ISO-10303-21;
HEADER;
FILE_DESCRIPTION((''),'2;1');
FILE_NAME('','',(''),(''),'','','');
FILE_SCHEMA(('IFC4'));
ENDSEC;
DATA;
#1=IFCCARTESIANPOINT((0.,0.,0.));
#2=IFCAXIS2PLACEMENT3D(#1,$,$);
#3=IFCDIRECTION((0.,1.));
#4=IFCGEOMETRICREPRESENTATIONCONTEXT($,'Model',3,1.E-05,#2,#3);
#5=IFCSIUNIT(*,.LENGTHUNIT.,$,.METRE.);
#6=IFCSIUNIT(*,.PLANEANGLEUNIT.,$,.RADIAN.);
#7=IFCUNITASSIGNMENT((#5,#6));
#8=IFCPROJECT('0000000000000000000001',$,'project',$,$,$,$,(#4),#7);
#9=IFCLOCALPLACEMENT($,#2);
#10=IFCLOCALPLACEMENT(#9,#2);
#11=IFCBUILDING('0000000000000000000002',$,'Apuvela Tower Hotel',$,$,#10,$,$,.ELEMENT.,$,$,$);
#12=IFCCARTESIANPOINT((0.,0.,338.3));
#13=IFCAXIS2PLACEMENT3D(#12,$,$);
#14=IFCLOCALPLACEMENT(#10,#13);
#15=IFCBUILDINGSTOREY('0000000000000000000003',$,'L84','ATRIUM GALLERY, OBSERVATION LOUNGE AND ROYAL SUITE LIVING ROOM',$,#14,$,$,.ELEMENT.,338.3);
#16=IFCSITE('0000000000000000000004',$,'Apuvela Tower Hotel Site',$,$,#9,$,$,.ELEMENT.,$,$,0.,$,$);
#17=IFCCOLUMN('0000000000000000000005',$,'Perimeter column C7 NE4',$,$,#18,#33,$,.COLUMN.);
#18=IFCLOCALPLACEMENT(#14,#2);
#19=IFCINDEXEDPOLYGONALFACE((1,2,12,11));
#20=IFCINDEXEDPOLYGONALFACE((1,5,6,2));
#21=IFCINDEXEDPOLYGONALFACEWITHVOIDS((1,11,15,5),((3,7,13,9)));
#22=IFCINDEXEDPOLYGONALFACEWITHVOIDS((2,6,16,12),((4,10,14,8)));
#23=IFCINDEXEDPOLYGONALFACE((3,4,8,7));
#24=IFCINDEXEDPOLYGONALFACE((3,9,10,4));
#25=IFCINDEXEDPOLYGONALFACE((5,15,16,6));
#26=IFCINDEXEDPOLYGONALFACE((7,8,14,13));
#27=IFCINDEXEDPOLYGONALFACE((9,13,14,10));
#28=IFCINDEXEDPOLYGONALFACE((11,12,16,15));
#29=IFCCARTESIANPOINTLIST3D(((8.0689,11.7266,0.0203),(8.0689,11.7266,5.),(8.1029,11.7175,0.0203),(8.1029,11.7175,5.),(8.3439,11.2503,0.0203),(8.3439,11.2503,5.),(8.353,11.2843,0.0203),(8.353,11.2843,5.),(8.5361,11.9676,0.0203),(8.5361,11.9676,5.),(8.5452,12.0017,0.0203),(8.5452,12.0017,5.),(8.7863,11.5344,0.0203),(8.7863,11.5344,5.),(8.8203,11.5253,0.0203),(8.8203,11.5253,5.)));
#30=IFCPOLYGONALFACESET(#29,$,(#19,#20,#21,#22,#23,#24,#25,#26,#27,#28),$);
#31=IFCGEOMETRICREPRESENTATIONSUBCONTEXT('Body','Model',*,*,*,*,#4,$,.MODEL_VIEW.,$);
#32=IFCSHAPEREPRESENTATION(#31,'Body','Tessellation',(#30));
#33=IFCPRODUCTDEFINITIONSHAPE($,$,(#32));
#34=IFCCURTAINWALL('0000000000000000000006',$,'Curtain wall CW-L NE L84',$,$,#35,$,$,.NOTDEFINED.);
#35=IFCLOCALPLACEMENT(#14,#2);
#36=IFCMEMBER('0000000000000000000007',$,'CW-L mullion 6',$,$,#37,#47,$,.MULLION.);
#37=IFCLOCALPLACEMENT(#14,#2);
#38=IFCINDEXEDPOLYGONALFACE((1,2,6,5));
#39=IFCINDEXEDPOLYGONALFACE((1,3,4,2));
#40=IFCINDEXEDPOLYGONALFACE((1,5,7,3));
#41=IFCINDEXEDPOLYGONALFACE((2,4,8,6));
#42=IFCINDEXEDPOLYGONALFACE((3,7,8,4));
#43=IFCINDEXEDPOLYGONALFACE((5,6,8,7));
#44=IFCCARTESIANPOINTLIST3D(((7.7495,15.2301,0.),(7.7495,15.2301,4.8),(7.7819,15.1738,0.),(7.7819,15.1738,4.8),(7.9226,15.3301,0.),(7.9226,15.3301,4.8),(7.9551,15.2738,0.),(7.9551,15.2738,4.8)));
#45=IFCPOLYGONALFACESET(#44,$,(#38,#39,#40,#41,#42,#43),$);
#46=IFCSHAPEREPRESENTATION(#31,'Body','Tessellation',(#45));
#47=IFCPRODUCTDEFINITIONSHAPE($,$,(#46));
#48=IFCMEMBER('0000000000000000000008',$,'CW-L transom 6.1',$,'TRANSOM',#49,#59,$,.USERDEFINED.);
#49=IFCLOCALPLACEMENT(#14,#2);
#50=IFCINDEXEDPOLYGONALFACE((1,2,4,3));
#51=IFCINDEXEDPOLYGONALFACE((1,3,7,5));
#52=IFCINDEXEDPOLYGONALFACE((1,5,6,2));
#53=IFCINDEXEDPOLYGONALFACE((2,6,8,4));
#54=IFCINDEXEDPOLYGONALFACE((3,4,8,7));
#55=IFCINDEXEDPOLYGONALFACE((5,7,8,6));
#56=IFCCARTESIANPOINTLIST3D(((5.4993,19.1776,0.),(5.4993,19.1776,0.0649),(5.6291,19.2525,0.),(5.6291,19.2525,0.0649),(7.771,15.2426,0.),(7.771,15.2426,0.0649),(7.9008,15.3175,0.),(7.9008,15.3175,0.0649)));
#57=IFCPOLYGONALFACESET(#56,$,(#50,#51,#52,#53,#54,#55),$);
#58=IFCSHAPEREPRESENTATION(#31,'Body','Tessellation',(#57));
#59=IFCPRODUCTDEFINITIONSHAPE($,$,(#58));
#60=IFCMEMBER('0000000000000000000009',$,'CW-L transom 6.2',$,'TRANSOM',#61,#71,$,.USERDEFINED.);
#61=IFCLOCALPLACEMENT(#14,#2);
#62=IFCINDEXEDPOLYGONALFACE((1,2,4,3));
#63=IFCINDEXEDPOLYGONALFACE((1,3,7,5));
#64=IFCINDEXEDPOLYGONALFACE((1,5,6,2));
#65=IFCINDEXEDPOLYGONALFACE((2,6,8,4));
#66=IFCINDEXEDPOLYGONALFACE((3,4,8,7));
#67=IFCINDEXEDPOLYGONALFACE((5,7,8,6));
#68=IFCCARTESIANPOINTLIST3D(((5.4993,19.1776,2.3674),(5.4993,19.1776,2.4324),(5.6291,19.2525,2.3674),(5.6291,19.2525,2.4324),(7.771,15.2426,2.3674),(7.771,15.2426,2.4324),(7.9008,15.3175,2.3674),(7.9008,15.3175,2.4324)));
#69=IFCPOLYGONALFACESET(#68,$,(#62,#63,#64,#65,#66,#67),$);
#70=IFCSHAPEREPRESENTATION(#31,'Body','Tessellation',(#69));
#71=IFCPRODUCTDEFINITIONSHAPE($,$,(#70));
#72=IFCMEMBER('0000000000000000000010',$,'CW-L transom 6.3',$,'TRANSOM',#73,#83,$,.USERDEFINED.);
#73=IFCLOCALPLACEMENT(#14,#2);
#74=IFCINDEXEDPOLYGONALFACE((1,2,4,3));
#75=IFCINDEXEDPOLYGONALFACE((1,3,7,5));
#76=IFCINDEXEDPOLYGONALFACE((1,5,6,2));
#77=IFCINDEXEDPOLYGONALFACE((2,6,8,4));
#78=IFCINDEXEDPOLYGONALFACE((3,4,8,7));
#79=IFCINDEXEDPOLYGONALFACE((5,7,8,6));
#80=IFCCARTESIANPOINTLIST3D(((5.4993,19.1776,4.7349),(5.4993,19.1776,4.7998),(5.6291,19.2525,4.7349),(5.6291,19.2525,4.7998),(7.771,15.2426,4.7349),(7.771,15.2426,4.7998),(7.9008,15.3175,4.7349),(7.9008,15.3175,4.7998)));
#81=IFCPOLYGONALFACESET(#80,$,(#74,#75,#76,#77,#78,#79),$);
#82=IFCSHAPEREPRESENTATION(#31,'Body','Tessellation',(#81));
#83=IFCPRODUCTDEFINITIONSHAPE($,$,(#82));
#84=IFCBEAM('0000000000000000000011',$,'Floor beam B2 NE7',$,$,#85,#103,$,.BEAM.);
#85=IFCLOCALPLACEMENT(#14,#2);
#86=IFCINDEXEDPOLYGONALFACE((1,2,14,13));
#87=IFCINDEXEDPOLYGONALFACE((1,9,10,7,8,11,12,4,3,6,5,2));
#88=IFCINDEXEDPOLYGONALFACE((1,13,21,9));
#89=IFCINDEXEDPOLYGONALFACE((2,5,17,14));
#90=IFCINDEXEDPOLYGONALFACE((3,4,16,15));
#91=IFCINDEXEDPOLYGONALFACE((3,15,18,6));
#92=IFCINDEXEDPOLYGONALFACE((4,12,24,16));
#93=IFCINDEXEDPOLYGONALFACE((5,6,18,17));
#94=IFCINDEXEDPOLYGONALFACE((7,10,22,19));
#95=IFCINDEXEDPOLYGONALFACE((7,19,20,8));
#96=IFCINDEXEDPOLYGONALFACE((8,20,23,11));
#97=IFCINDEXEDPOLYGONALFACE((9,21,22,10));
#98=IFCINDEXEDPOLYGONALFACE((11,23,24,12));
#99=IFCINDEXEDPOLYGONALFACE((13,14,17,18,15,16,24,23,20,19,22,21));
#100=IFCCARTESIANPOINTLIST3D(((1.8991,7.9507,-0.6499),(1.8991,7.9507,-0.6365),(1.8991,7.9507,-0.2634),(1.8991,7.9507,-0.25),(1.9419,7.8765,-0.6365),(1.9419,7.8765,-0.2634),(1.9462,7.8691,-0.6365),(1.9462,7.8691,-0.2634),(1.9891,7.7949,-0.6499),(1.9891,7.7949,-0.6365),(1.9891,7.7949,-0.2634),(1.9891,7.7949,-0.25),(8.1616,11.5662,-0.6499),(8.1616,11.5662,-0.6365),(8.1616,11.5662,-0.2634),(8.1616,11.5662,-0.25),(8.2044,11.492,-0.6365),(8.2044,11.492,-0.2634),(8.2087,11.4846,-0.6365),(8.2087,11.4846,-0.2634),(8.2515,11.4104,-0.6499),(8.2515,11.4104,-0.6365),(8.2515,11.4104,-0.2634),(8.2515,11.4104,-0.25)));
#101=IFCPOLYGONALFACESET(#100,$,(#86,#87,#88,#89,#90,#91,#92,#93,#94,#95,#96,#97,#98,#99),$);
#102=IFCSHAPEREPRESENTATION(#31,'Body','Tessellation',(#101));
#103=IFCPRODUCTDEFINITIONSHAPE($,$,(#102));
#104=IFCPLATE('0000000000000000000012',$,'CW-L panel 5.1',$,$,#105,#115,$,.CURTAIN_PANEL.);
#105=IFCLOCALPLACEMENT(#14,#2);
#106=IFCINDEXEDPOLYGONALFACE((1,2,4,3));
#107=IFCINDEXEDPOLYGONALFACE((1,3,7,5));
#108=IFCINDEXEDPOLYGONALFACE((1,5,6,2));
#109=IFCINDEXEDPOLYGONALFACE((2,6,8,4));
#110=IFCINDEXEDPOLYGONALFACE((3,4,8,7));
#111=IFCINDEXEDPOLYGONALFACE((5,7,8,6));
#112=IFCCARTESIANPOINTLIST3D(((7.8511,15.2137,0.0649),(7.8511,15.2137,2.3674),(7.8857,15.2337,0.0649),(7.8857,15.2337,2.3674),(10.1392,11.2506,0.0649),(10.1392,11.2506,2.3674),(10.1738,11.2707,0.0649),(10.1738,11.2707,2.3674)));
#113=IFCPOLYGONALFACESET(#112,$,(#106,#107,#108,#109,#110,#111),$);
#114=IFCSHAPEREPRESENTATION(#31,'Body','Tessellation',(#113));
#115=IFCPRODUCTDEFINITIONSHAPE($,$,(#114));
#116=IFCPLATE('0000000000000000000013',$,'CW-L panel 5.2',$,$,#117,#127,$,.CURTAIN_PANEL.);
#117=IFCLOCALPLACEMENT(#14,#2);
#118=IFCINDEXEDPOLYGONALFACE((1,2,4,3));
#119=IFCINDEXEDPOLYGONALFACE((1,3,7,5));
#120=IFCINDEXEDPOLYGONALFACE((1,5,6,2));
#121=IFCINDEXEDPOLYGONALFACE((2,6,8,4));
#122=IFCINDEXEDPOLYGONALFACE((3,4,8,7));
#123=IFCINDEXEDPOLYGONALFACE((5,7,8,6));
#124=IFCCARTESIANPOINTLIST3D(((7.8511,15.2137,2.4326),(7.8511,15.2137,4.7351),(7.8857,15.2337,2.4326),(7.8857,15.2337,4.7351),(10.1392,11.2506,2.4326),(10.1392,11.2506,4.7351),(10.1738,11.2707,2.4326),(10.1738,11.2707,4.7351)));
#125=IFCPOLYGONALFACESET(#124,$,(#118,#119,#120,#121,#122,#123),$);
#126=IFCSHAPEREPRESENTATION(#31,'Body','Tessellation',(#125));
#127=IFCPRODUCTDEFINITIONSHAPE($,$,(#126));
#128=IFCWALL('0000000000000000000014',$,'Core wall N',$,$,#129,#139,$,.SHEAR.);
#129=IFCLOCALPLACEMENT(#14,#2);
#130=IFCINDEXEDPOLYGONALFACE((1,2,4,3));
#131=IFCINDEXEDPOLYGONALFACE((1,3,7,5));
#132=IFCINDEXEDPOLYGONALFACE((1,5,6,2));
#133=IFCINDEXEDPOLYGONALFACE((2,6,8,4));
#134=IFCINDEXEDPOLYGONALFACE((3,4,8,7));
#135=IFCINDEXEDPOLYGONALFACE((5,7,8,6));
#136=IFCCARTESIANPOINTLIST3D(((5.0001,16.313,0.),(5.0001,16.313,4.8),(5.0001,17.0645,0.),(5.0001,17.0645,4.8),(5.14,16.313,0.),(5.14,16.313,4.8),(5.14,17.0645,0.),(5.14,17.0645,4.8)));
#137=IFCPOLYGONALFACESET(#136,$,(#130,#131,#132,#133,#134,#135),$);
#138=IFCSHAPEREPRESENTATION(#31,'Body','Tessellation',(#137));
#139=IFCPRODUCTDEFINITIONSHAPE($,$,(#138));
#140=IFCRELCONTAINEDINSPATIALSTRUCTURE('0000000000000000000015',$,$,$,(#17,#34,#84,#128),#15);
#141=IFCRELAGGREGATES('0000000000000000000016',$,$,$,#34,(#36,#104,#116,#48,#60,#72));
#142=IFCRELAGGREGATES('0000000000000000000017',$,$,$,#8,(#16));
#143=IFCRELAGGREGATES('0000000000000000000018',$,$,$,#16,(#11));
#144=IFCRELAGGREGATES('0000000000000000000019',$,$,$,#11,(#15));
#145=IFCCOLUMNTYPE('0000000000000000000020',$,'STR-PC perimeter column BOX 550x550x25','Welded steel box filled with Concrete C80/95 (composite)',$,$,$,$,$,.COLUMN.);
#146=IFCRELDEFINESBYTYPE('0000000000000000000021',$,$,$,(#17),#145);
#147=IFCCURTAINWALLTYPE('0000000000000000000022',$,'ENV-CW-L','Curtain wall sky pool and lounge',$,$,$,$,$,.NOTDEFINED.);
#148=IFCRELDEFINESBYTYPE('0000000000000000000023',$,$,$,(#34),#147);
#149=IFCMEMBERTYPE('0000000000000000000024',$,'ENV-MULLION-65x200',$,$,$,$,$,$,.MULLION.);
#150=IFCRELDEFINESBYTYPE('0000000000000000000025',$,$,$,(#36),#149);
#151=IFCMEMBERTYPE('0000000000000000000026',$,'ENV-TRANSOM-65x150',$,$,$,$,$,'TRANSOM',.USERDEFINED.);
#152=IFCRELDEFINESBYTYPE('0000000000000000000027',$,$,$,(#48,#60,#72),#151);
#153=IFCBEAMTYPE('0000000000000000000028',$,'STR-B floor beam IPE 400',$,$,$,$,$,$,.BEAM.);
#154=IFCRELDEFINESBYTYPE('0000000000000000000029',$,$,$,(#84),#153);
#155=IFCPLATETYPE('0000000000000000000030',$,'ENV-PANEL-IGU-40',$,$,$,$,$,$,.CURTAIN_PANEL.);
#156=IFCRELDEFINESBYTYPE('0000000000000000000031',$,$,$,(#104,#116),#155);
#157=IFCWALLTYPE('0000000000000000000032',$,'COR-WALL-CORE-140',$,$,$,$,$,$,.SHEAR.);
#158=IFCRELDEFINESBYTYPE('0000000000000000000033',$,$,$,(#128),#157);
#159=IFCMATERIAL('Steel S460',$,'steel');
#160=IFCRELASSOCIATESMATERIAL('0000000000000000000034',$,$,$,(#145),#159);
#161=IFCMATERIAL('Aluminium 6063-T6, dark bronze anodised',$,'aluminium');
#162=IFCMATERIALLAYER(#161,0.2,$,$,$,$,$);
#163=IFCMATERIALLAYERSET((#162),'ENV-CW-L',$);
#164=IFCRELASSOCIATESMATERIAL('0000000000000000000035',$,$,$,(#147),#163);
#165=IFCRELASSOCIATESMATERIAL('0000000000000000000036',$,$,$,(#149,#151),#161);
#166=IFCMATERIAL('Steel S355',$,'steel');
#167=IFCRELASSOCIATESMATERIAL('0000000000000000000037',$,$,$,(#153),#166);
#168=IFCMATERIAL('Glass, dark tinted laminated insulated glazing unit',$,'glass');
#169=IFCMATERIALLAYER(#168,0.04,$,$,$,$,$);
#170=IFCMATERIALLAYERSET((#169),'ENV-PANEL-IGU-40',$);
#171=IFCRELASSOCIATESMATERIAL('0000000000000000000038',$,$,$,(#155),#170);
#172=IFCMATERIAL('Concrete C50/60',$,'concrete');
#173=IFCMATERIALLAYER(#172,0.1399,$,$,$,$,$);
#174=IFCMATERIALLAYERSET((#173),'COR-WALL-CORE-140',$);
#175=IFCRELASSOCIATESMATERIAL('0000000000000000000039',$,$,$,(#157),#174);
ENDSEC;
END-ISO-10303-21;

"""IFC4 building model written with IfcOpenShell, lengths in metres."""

from ifc_helpers import new_model, si_unit, direction, frame, frame_2d, origin, origin_2d, place, context, subcontext, project, spatial, rectangle, hollow_rectangle, i_section, extrude, boolean, halfspace, material, layer, layer_set, material_profile, profile_set, type_object, element, aggregate, save


model = new_model("IFC4")

# Units and contexts
model_context = context("Model", 3, precision=1e-05, world=origin(), true_north=direction((0.0, 1.0)))
body_context = subcontext(model_context, "Body", "Model", "MODEL_VIEW")
ifc_project = project(units=[si_unit("LENGTHUNIT", "METRE"), si_unit("PLANEANGLEUNIT", "RADIAN")], contexts=[model_context])

# Site, building, storey
site_placement = place(None, origin())
site = spatial("IfcSite", under=ifc_project, at=site_placement, Name="Apuvela Tower Hotel Site", CompositionType="ELEMENT", RefElevation=0.0)
building_placement = place(site_placement, origin())
building = spatial("IfcBuilding", under=site, at=building_placement, Name="Apuvela Tower Hotel", CompositionType="ELEMENT")
storey_placement = place(building_placement, frame((0.0, 0.0, 338.3)))
storey = spatial("IfcBuildingStorey", under=building, at=storey_placement, Name="L84", Description="ATRIUM GALLERY, OBSERVATION LOUNGE AND ROYAL SUITE LIVING ROOM", CompositionType="ELEMENT", Elevation=338.3)

# Column
ifc_material_1 = material(Name="Steel S460", Category="steel")
ifc_material_profile_1 = material_profile(ifc_material_1, hollow_rectangle(XDim=0.55, YDim=0.55, WallThickness=0.0249, at=origin_2d()), Name="BOX 550x550x25")
ifc_material_2 = material(Name="Concrete C80/95", Category="concrete")
ifc_material_profile_2 = material_profile(ifc_material_2, rectangle(XDim=0.5, YDim=0.5, at=origin_2d()), Name="Concrete C80/95 infill")
ifc_profile_set_1 = profile_set([ifc_material_profile_1, ifc_material_profile_2], Name="Steel S460")
column_type = type_object("IfcColumnType", Name="STR-PC perimeter column BOX 550x550x25", Description="Welded steel box filled with Concrete C80/95 (composite)", PredefinedType="COLUMN", material=ifc_profile_set_1)
column_placement = place(storey_placement, frame((8.4446, 11.626, 0.0), z_axis=(0.0, 0.0, 1.0), x_axis=(-0.5, 0.866025, 0.0)))
element("IfcColumn", 1, at=column_placement, inside=storey, type_object=column_type, Name="Perimeter column C7 NE4", PredefinedType="COLUMN", context=body_context, shape_type="SweptSolid", body=[
    boolean("DIFFERENCE", extrude(hollow_rectangle(XDim=0.55, YDim=0.55, WallThickness=0.0249, at=origin_2d()), origin(), (0.0, 0.0, 1.0), 5.0), halfspace(frame((0.0, 0.0, 0.0203), z_axis=(0.0, 0.0, 1.0), x_axis=(1.0, 0.0, 0.0)), True)),
])

# Curtain wall, members
ifc_material_3 = material(Name="Aluminium 6063-T6, dark bronze anodised", Category="aluminium")
ifc_layer_1 = layer(ifc_material_3, 0.2)
ifc_layer_set_1 = layer_set([ifc_layer_1], Name="ENV-CW-L")
curtain_wall_type = type_object("IfcCurtainWallType", Name="ENV-CW-L", Description="Curtain wall sky pool and lounge", PredefinedType="NOTDEFINED", material=ifc_layer_set_1)
curtain_wall_placement = place(storey_placement, origin())
curtain_wall = element("IfcCurtainWall", 2, at=curtain_wall_placement, inside=storey, type_object=curtain_wall_type, Name="Curtain wall CW-L NE L84", PredefinedType="NOTDEFINED")
ifc_material_profile_3 = material_profile(ifc_material_3, rectangle(XDim=0.2, YDim=0.0649, at=origin_2d()), Name="AL 65x200")
ifc_profile_set_2 = profile_set([ifc_material_profile_3], Name="Aluminium 6063-T6, dark bronze anodised")
member_type_1 = type_object("IfcMemberType", Name="ENV-MULLION-65x200", PredefinedType="MULLION", material=ifc_profile_set_2)
member_1_placement = place(storey_placement, frame((7.8523, 15.252, 0.0), z_axis=(0.0, 0.0, 1.0), x_axis=(-0.866026, -0.499999, 0.0)))
member_1 = element("IfcMember", 3, at=member_1_placement, type_object=member_type_1, Name="CW-L mullion 6", PredefinedType="MULLION", context=body_context, shape_type="SweptSolid", body=[
    extrude(rectangle(XDim=0.2, YDim=0.0649, at=origin_2d()), origin(), (0.0, 0.0, 1.0), 4.8),
])
ifc_material_profile_4 = material_profile(ifc_material_3, rectangle(XDim=0.1499, YDim=0.0649, at=origin_2d()), Name="AL 65x150 transom")
ifc_profile_set_3 = profile_set([ifc_material_profile_4], Name="Aluminium 6063-T6, dark bronze anodised")
member_type_2 = type_object("IfcMemberType", Name="ENV-TRANSOM-65x150", ElementType="TRANSOM", PredefinedType="USERDEFINED", material=ifc_profile_set_3)
member_2_placement = place(storey_placement, frame((7.8359, 15.28, 0.0325), z_axis=(-0.499971, 0.866042, 0.0), x_axis=(-0.866042, -0.499971, 0.0)))
member_2 = element("IfcMember", 4, at=member_2_placement, type_object=member_type_2, Name="CW-L transom 6.1", ObjectType="TRANSOM", PredefinedType="USERDEFINED", context=body_context, shape_type="SweptSolid", body=[
    extrude(rectangle(XDim=0.1499, YDim=0.0649, at=origin_2d()), origin(), (0.0, 0.0, 1.0), 4.5437),
])
member_3_placement = place(storey_placement, frame((7.8359, 15.28, 2.3999), z_axis=(-0.499971, 0.866042, 0.0), x_axis=(-0.866042, -0.499971, 0.0)))
member_3 = element("IfcMember", 5, at=member_3_placement, type_object=member_type_2, Name="CW-L transom 6.2", ObjectType="TRANSOM", PredefinedType="USERDEFINED", context=body_context, shape_type="SweptSolid", body=[
    extrude(rectangle(XDim=0.1499, YDim=0.0649, at=origin_2d()), origin(), (0.0, 0.0, 1.0), 4.5437),
])
member_4_placement = place(storey_placement, frame((7.8359, 15.28, 4.7673), z_axis=(-0.499971, 0.866042, 0.0), x_axis=(-0.866042, -0.499971, 0.0)))
member_4 = element("IfcMember", 6, at=member_4_placement, type_object=member_type_2, Name="CW-L transom 6.3", ObjectType="TRANSOM", PredefinedType="USERDEFINED", context=body_context, shape_type="SweptSolid", body=[
    extrude(rectangle(XDim=0.1499, YDim=0.0649, at=origin_2d()), origin(), (0.0, 0.0, 1.0), 4.5437),
])

# Beam
ifc_material_4 = material(Name="Steel S355", Category="steel")
ifc_material_profile_5 = material_profile(ifc_material_4, i_section(OverallWidth=0.1799, OverallDepth=0.3999, WebThickness=0.0085, FlangeThickness=0.0134, at=origin_2d()), Name="IPE 400")
ifc_profile_set_4 = profile_set([ifc_material_profile_5], Name="Steel S355")
beam_type = type_object("IfcBeamType", Name="STR-B floor beam IPE 400", PredefinedType="BEAM", material=ifc_profile_set_4)
beam_placement = place(storey_placement, frame((8.2065, 11.4883, -0.45), z_axis=(-0.866034, -0.499985, 0.0), x_axis=(0.499985, -0.866034, 0.0)))
element("IfcBeam", 7, at=beam_placement, inside=storey, type_object=beam_type, Name="Floor beam B2 NE7", PredefinedType="BEAM", context=body_context, shape_type="SweptSolid", body=[
    extrude(i_section(OverallWidth=0.1799, OverallDepth=0.3999, WebThickness=0.0085, FlangeThickness=0.0134, at=origin_2d()), origin(), (0.0, 0.0, 1.0), 7.2312),
])

# Plates
ifc_material_5 = material(Name="Glass, dark tinted laminated insulated glazing unit", Category="glass")
ifc_layer_2 = layer(ifc_material_5, 0.04)
ifc_layer_set_2 = layer_set([ifc_layer_2], Name="ENV-PANEL-IGU-40")
plate_type = type_object("IfcPlateType", Name="ENV-PANEL-IGU-40", PredefinedType="CURTAIN_PANEL", material=ifc_layer_set_2)
plate_1_placement = place(storey_placement, frame((9.0125, 13.2422, 0.0649), z_axis=(0.0, 0.0, 1.0), x_axis=(-0.499999, 0.866026, 0.0)))
plate_1 = element("IfcPlate", 8, at=plate_1_placement, type_object=plate_type, Name="CW-L panel 5.1", PredefinedType="CURTAIN_PANEL", context=body_context, shape_type="SweptSolid", body=[
    extrude(rectangle(XDim=4.5762, YDim=0.04, at=origin_2d()), origin(), (0.0, 0.0, 1.0), 2.3025),
])
plate_2_placement = place(storey_placement, frame((9.0125, 13.2422, 2.4326), z_axis=(0.0, 0.0, 1.0), x_axis=(-0.499999, 0.866026, 0.0)))
plate_2 = element("IfcPlate", 9, at=plate_2_placement, type_object=plate_type, Name="CW-L panel 5.2", PredefinedType="CURTAIN_PANEL", context=body_context, shape_type="SweptSolid", body=[
    extrude(rectangle(XDim=4.5762, YDim=0.04, at=origin_2d()), origin(), (0.0, 0.0, 1.0), 2.3025),
])
aggregate(curtain_wall, [member_1, plate_1, plate_2, member_2, member_3, member_4])

# Wall
ifc_material_6 = material(Name="Concrete C50/60", Category="concrete")
ifc_layer_3 = layer(ifc_material_6, 0.1399)
ifc_layer_set_3 = layer_set([ifc_layer_3], Name="COR-WALL-CORE-140")
wall_type_1 = type_object("IfcWallType", Name="COR-WALL-CORE-140", PredefinedType="SHEAR", material=ifc_layer_set_3)
wall_1_placement = place(storey_placement, frame((5.0701, 16.313, 0.0), z_axis=(0.0, 0.0, 1.0), x_axis=(0.0, 1.0, 0.0)))
element("IfcWall", 10, at=wall_1_placement, inside=storey, type_object=wall_type_1, Name="Core wall N", PredefinedType="SHEAR", context=body_context, shape_type="SweptSolid", body=[
    extrude(rectangle(XDim=0.7515, YDim=0.1399, at=frame_2d((0.3757, 0.0))), origin(), (0.0, 0.0, 1.0), 4.8),
])

save(model, "model.ifc")
